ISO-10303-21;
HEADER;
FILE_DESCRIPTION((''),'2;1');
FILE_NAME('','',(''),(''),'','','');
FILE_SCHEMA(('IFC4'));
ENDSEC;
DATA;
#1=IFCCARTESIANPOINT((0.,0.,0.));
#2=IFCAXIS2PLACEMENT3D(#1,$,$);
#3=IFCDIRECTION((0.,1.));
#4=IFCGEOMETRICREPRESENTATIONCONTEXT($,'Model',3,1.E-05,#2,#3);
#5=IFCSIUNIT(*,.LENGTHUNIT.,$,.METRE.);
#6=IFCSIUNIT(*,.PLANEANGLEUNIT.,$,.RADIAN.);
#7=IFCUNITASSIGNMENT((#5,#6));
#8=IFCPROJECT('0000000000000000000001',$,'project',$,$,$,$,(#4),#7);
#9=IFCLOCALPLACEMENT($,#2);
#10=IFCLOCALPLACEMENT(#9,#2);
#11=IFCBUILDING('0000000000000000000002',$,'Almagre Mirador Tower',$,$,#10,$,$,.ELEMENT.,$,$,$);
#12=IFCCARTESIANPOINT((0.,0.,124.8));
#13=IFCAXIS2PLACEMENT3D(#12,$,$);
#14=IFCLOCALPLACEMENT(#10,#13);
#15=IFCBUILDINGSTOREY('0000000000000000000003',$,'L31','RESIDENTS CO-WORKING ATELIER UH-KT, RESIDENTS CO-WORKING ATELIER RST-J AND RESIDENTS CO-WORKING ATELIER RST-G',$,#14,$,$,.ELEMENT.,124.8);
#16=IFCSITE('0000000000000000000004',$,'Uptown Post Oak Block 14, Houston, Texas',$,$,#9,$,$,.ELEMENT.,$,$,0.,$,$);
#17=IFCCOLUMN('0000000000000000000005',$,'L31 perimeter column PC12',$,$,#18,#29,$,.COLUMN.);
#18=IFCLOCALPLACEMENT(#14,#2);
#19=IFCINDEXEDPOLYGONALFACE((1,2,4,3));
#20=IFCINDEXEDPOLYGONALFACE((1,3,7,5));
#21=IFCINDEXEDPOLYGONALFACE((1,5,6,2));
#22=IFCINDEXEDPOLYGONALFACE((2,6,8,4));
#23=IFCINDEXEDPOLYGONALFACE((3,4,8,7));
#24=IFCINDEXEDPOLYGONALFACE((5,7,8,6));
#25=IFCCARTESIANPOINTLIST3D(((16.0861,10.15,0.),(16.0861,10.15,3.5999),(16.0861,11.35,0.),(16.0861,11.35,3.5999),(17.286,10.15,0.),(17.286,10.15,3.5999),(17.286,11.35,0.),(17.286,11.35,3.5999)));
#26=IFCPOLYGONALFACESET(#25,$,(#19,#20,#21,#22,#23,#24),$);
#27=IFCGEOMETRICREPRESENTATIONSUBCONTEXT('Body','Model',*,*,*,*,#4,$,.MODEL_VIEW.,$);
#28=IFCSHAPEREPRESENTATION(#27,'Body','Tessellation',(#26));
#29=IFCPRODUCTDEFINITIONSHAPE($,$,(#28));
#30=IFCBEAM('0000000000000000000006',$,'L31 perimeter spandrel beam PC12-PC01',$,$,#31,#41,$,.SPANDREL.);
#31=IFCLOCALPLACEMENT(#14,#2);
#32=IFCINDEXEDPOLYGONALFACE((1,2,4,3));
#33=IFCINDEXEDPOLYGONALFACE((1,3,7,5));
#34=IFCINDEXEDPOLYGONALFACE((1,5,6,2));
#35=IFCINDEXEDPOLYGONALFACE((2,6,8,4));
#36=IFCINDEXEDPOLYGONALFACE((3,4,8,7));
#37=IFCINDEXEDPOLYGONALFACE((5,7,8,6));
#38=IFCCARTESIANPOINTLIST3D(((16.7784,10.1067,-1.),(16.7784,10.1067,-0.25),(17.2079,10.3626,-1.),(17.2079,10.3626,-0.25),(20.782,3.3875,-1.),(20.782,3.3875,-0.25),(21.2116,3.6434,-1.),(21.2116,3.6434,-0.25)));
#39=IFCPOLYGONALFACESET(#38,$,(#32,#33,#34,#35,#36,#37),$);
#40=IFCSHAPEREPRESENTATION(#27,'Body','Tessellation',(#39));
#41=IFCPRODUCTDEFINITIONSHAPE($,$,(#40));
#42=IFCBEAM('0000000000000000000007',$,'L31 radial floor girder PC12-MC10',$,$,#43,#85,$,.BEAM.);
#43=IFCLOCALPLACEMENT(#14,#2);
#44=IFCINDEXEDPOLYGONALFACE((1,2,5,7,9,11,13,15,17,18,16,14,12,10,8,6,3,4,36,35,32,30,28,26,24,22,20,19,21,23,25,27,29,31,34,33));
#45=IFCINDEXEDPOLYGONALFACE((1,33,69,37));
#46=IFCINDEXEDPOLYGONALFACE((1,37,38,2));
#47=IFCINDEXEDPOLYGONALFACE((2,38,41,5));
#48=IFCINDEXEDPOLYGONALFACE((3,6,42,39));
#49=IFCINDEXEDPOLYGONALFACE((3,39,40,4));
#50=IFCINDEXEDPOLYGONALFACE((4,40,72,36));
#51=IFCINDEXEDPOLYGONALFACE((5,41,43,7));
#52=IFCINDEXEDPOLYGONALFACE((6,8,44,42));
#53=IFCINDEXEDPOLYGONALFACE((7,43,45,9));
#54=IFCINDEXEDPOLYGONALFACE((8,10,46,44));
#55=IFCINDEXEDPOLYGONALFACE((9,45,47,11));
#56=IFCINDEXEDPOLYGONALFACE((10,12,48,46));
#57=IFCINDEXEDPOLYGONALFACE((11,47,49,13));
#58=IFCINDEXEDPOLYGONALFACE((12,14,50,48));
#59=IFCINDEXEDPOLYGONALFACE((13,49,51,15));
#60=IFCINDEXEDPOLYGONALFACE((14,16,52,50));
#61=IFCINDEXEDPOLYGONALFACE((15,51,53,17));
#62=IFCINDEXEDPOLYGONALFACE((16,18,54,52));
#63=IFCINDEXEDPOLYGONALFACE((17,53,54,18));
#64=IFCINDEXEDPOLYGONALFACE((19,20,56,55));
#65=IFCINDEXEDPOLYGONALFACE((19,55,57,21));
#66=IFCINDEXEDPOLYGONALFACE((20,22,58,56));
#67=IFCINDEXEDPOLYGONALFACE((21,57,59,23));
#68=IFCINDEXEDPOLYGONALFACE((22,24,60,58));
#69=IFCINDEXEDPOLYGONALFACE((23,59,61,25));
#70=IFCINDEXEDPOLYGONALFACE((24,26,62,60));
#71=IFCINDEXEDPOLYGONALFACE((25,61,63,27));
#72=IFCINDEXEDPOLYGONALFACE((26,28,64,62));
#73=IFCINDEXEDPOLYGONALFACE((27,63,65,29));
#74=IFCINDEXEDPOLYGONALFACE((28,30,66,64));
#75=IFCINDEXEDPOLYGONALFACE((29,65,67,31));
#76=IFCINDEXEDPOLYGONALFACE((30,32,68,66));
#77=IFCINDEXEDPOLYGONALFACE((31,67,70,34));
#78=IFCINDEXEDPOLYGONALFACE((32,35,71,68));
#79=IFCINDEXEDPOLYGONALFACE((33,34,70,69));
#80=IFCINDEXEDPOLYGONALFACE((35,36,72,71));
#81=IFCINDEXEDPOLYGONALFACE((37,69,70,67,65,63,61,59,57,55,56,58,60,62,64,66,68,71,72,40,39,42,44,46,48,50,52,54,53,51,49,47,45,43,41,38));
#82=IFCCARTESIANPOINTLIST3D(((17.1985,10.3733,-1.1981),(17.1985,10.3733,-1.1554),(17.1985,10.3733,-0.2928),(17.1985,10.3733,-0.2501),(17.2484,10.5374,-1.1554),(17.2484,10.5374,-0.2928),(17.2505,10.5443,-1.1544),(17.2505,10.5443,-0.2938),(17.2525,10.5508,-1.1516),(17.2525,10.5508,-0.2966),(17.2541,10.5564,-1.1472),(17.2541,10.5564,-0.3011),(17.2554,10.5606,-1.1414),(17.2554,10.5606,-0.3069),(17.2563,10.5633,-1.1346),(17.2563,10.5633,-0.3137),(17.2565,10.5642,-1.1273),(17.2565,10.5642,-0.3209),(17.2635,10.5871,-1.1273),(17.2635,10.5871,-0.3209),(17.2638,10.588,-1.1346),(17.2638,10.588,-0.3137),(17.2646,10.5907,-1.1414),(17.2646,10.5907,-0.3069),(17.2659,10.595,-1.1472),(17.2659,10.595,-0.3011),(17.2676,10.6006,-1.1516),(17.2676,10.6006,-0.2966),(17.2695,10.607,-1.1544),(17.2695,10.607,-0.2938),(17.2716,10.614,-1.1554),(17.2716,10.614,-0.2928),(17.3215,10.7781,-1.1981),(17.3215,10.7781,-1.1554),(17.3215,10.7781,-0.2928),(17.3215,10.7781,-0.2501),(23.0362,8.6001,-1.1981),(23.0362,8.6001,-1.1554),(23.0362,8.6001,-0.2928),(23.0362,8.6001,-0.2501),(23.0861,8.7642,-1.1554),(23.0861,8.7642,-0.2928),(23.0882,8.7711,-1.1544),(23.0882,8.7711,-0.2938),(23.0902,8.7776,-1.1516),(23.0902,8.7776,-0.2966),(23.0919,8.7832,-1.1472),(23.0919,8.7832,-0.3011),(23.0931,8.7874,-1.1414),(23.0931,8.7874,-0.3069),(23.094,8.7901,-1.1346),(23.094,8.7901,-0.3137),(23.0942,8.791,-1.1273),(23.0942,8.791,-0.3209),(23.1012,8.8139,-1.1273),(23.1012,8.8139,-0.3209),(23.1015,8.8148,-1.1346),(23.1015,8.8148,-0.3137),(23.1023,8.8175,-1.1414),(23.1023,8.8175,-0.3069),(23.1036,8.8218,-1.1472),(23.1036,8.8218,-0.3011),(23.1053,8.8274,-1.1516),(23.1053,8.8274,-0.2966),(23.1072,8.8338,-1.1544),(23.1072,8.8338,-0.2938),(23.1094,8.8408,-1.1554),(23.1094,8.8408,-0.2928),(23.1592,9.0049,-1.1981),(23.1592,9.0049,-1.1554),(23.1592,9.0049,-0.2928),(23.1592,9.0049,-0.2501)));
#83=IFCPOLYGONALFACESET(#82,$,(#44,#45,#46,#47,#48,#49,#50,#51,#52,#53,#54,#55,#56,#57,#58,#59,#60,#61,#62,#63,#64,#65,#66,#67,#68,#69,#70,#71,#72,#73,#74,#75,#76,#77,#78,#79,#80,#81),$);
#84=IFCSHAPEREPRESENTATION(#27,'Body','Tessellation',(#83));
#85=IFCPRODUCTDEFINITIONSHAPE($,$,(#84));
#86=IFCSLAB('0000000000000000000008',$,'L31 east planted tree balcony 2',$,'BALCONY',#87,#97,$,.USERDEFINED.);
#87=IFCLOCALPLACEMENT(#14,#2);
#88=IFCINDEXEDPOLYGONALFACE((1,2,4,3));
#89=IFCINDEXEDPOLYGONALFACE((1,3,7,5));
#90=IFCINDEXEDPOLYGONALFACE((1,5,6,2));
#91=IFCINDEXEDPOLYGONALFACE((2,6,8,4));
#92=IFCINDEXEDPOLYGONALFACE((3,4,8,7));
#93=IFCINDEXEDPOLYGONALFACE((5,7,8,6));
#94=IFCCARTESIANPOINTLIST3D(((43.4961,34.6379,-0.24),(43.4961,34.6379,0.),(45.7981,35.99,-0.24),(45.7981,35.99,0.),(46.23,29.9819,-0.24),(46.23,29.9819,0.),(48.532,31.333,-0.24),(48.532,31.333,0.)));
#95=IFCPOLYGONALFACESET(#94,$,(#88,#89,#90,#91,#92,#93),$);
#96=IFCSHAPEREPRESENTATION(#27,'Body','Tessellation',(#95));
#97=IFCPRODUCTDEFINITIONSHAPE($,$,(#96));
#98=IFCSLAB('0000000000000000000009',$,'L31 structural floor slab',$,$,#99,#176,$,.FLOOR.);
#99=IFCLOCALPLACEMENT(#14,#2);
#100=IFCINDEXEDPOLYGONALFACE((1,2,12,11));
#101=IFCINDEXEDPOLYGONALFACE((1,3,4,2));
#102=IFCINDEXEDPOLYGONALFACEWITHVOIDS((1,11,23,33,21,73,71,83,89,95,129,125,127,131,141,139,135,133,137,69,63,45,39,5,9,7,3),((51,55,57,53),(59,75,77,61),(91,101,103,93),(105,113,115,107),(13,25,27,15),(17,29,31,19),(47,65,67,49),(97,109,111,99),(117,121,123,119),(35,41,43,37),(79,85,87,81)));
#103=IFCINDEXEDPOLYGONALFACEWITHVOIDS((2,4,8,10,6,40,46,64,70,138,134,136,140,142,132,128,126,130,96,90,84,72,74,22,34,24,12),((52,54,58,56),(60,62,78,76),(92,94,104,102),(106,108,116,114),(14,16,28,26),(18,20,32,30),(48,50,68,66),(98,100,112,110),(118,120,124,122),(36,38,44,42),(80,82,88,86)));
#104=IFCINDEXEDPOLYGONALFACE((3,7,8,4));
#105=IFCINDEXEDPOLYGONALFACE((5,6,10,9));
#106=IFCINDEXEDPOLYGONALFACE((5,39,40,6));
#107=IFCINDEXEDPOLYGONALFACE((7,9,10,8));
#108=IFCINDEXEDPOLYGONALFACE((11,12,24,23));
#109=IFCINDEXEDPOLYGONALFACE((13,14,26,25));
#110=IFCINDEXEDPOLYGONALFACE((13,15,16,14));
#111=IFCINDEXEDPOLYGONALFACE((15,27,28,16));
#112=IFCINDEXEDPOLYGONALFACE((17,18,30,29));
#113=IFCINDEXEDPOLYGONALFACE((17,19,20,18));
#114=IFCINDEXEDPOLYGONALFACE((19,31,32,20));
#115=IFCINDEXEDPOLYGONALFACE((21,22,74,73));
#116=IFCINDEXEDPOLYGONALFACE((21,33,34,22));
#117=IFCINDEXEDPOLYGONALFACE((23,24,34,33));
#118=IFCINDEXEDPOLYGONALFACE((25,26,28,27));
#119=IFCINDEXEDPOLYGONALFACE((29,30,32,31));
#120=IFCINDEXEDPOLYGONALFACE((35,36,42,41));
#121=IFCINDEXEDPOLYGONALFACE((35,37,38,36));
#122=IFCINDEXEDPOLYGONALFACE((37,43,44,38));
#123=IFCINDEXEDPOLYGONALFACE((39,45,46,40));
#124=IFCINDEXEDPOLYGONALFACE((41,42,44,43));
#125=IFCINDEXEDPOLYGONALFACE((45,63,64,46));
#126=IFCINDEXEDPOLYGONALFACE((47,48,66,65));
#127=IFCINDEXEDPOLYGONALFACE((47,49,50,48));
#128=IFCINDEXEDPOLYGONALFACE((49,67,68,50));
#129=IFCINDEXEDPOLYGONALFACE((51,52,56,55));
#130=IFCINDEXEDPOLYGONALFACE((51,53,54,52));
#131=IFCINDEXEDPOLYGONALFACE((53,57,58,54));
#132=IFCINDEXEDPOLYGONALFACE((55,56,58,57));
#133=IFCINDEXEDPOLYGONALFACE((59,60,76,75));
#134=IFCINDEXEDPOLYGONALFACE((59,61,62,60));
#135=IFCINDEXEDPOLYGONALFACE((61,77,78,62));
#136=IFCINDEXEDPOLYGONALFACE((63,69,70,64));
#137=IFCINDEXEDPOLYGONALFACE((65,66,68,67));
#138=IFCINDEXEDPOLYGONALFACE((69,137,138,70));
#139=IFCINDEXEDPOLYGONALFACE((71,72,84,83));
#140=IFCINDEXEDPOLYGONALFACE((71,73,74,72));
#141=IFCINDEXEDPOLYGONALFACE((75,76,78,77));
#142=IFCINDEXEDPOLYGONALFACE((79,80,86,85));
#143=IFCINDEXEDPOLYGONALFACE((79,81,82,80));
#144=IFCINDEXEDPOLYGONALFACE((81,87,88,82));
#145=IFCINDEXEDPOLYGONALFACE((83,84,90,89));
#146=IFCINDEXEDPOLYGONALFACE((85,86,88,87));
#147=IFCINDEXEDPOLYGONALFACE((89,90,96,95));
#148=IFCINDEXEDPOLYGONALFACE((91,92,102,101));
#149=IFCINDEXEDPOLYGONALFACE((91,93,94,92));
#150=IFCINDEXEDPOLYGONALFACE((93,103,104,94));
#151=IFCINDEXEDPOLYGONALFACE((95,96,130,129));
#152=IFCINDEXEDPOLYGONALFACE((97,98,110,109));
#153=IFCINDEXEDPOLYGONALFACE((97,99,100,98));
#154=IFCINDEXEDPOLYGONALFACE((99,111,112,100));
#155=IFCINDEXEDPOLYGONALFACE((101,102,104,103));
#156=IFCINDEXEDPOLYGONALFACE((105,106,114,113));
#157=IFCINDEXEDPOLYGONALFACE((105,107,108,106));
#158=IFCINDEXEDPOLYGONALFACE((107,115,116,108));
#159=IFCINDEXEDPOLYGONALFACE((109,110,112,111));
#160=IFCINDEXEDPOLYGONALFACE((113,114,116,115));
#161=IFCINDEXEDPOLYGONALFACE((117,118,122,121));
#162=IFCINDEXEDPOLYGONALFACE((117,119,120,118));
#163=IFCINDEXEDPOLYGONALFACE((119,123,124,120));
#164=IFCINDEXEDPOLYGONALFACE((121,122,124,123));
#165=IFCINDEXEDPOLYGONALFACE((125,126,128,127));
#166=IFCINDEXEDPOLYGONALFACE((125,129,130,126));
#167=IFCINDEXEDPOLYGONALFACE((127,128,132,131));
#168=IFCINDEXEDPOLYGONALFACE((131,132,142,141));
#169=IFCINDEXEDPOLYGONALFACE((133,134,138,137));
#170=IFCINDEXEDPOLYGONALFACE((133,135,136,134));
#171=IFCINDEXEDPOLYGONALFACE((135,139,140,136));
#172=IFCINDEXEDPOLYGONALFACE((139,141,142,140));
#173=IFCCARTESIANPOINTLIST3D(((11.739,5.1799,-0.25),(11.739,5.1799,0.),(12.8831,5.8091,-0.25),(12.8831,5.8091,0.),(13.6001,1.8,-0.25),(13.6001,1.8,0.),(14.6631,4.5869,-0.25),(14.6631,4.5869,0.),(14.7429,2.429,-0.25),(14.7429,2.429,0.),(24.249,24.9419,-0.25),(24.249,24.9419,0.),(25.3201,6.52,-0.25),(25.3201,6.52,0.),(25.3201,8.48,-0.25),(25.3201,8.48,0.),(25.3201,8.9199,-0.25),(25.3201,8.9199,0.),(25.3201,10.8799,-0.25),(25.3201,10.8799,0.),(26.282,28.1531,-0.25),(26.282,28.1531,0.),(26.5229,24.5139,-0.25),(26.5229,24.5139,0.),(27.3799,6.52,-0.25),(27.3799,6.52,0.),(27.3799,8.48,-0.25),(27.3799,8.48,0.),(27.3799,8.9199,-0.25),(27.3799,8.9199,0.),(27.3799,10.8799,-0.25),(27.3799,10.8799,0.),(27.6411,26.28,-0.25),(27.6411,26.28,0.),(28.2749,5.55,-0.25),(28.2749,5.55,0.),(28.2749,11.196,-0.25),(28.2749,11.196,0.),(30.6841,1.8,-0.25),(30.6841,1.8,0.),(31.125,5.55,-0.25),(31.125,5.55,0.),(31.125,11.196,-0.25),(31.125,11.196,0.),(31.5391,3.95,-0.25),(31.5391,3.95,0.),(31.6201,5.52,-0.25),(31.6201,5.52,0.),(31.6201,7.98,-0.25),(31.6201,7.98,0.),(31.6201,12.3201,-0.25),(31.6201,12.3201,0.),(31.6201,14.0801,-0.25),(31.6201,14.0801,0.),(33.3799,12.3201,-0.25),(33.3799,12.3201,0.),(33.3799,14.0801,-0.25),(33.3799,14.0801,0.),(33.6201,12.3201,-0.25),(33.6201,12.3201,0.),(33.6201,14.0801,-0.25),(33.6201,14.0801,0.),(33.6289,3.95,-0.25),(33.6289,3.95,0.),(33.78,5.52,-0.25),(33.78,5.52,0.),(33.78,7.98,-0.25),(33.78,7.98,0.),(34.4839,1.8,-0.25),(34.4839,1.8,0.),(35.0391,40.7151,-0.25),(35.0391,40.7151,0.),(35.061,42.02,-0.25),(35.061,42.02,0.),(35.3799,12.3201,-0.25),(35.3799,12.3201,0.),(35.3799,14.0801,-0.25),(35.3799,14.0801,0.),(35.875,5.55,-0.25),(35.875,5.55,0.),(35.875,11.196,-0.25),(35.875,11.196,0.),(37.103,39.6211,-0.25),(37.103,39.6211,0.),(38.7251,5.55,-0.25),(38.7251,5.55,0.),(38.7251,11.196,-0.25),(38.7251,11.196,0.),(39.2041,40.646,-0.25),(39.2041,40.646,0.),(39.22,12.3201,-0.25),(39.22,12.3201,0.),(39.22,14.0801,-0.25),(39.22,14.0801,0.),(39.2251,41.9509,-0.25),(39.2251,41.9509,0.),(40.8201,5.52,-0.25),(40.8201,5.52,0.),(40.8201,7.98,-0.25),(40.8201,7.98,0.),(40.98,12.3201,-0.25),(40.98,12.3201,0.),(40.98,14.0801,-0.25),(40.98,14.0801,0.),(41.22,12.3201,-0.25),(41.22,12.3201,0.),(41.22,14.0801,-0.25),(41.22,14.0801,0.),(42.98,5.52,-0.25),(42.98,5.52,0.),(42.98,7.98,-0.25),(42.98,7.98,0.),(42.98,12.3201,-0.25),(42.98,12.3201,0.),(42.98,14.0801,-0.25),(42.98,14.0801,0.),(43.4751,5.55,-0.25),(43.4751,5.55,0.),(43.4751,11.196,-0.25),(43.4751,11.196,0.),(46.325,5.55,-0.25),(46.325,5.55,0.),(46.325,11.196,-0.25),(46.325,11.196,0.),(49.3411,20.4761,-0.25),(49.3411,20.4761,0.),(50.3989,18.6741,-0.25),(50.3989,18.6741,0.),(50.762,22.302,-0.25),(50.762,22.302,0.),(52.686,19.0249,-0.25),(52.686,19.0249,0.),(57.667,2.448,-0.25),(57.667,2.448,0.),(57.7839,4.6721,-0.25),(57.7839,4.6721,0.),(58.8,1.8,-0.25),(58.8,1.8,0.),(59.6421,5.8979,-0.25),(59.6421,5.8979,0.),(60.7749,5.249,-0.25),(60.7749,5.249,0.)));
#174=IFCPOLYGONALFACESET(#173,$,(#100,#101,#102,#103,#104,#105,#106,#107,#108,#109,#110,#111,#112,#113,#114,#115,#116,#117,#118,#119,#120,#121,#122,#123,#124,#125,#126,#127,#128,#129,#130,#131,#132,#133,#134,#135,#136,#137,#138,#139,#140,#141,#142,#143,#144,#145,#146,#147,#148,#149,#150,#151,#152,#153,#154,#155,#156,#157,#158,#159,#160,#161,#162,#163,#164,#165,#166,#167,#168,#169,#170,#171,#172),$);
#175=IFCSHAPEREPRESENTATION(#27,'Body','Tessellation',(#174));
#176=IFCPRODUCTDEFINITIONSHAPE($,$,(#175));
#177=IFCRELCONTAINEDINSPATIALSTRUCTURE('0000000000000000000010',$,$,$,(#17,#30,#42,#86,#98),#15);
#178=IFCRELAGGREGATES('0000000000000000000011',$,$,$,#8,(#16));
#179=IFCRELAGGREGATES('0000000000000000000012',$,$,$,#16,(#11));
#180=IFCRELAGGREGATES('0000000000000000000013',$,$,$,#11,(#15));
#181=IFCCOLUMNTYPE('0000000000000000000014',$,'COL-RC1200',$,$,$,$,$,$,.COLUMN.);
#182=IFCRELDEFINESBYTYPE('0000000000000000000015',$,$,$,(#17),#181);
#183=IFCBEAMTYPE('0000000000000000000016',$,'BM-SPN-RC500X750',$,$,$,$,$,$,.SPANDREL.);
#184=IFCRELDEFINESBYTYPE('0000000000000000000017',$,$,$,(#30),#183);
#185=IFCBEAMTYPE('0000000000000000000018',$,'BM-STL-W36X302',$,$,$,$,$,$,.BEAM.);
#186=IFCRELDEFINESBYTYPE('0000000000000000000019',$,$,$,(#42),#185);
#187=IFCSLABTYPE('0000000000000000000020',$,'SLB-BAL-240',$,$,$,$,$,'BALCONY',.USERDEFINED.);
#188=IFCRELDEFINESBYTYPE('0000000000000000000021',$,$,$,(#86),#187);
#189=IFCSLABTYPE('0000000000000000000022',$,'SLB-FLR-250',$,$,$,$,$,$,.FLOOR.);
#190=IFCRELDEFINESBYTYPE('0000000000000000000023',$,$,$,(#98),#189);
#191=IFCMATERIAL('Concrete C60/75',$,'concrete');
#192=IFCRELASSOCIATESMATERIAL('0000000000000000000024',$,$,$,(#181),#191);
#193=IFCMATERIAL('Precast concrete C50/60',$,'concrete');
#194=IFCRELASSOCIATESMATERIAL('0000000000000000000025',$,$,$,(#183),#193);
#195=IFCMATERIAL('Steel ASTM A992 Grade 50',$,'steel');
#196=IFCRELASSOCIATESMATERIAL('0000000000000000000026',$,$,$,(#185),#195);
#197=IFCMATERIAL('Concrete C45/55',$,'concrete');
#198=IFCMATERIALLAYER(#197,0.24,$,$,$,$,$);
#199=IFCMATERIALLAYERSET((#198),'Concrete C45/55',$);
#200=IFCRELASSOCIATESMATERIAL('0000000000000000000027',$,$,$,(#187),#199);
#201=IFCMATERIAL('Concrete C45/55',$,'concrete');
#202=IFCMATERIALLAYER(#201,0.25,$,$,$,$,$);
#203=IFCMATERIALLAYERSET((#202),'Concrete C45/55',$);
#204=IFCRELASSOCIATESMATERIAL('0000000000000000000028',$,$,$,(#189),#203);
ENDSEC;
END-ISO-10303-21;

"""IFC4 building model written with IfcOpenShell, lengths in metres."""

from ifc_helpers import new_model, si_unit, direction, frame, origin, origin_2d, place, context, subcontext, project, spatial, polyline, rectangle, i_section, outline, extrude, material, layer, layer_set, material_profile, profile_set, type_object, element, save


model = new_model("IFC4")

# Units and contexts
model_context = context("Model", 3, precision=1e-05, world=origin(), true_north=direction((0.0, 1.0)))
body_context = subcontext(model_context, "Body", "Model", "MODEL_VIEW")
ifc_project = project(units=[si_unit("LENGTHUNIT", "METRE"), si_unit("PLANEANGLEUNIT", "RADIAN")], contexts=[model_context])

# Site, building, storey
site_placement = place(None, origin())
site = spatial("IfcSite", under=ifc_project, at=site_placement, Name="Uptown Post Oak Block 14, Houston, Texas", CompositionType="ELEMENT", RefElevation=0.0)
building_placement = place(site_placement, origin())
building = spatial("IfcBuilding", under=site, at=building_placement, Name="Almagre Mirador Tower", CompositionType="ELEMENT")
storey_placement = place(building_placement, frame((0.0, 0.0, 124.8)))
storey = spatial("IfcBuildingStorey", under=building, at=storey_placement, Name="L31", Description="RESIDENTS CO-WORKING ATELIER UH-KT, RESIDENTS CO-WORKING ATELIER RST-J AND RESIDENTS CO-WORKING ATELIER RST-G", CompositionType="ELEMENT", Elevation=124.8)

# Column
ifc_material_1 = material(Name="Concrete C60/75", Category="concrete")
ifc_material_profile_1 = material_profile(ifc_material_1, rectangle(XDim=1.2, YDim=1.2, at=origin_2d()), Name="RC1200X1200")
ifc_profile_set_1 = profile_set([ifc_material_profile_1], Name="Concrete C60/75")
column_type = type_object("IfcColumnType", Name="COL-RC1200", PredefinedType="COLUMN", material=ifc_profile_set_1)
column_placement = place(storey_placement, frame((16.686, 10.75, 0.0), z_axis=(0.0, 0.0, 1.0), x_axis=(1.0, 0.0, 0.0)))
element("IfcColumn", 1, at=column_placement, inside=storey, type_object=column_type, Name="L31 perimeter column PC12", PredefinedType="COLUMN", context=body_context, shape_type="SweptSolid", body=[
    extrude(rectangle(XDim=1.2, YDim=1.2, at=origin_2d()), origin(), (0.0, 0.0, 1.0), 3.5999),
])

# Beams
ifc_material_2 = material(Name="Precast concrete C50/60", Category="concrete")
ifc_material_profile_2 = material_profile(ifc_material_2, rectangle(XDim=0.5, YDim=0.75, at=origin_2d()), Name="RC500X750")
ifc_profile_set_2 = profile_set([ifc_material_profile_2], Name="Precast concrete C50/60")
beam_type_1 = type_object("IfcBeamType", Name="BM-SPN-RC500X750", PredefinedType="SPANDREL", material=ifc_profile_set_2)
beam_1_placement = place(storey_placement, frame((16.9932, 10.2346, -0.625), z_axis=(0.511872, -0.859062, 0.0), x_axis=(0.859062, 0.511872, 0.0)))
element("IfcBeam", 2, at=beam_1_placement, inside=storey, type_object=beam_type_1, Name="L31 perimeter spandrel beam PC12-PC01", PredefinedType="SPANDREL", context=body_context, shape_type="SweptSolid", body=[
    extrude(rectangle(XDim=0.5, YDim=0.75, at=origin_2d()), origin(), (0.0, 0.0, 1.0), 7.8215),
])
ifc_material_3 = material(Name="Steel ASTM A992 Grade 50", Category="steel")
ifc_material_profile_3 = material_profile(ifc_material_3, i_section(OverallWidth=0.4231, OverallDepth=0.948, WebThickness=0.0239, FlangeThickness=0.0427, FilletRadius=0.0281, at=origin_2d()), Name="W36X302")
ifc_profile_set_3 = profile_set([ifc_material_profile_3], Name="Steel ASTM A992 Grade 50")
beam_type_2 = type_object("IfcBeamType", Name="BM-STL-W36X302", PredefinedType="BEAM", material=ifc_profile_set_3)
beam_2_placement = place(storey_placement, frame((17.26, 10.5757, -0.7241), z_axis=(0.956833, -0.290639, 0.0), x_axis=(0.290639, 0.956833, 0.0)))
element("IfcBeam", 3, at=beam_2_placement, inside=storey, type_object=beam_type_2, Name="L31 radial floor girder PC12-MC10", PredefinedType="BEAM", context=body_context, shape_type="SweptSolid", body=[
    extrude(i_section(OverallWidth=0.4231, OverallDepth=0.948, WebThickness=0.0239, FlangeThickness=0.0427, FilletRadius=0.0281, at=origin_2d()), origin(), (0.0, 0.0, 1.0), 6.1011),
])

# Slabs
ifc_material_4 = material(Name="Concrete C45/55", Category="concrete")
ifc_layer_1 = layer(ifc_material_4, 0.24)
ifc_layer_set_1 = layer_set([ifc_layer_1], Name="Concrete C45/55")
slab_type_1 = type_object("IfcSlabType", Name="SLB-BAL-240", ElementType="BALCONY", PredefinedType="USERDEFINED", material=ifc_layer_set_1)
slab_1_placement = place(storey_placement, frame((0.0, 0.0, -0.24)))
element("IfcSlab", 4, at=slab_1_placement, inside=storey, type_object=slab_type_1, Name="L31 east planted tree balcony 2", ObjectType="BALCONY", PredefinedType="USERDEFINED", context=body_context, shape_type="SweptSolid", body=[
    extrude(outline(polyline([(46.23, 29.9819), (43.4961, 34.6379), (45.7981, 35.99), (48.532, 31.333), (46.23, 29.9819)])), origin(), (0.0, 0.0, 1.0), 0.24),
])
ifc_material_5 = material(Name="Concrete C45/55", Category="concrete")
ifc_layer_2 = layer(ifc_material_5, 0.25)
ifc_layer_set_2 = layer_set([ifc_layer_2], Name="Concrete C45/55")
slab_type_2 = type_object("IfcSlabType", Name="SLB-FLR-250", PredefinedType="FLOOR", material=ifc_layer_set_2)
slab_2_placement = place(storey_placement, frame((0.0, 0.0, -0.25)))
element("IfcSlab", 5, at=slab_2_placement, inside=storey, type_object=slab_type_2, Name="L31 structural floor slab", PredefinedType="FLOOR", context=body_context, shape_type="SweptSolid", body=[
    extrude(outline(polyline([(11.739, 5.1799), (12.8831, 5.8091), (14.6631, 4.5869), (14.7429, 2.429), (13.6001, 1.8), (30.6841, 1.8), (31.5391, 3.95), (33.6289, 3.95), (34.4839, 1.8), (58.8, 1.8), (57.667, 2.448), (57.7839, 4.6721), (59.6421, 5.8979), (60.7749, 5.249), (52.686, 19.0249), (50.3989, 18.6741), (49.3411, 20.4761), (50.762, 22.302), (39.2251, 41.9509), (39.2041, 40.646), (37.103, 39.6211), (35.0391, 40.7151), (35.061, 42.02), (26.282, 28.1531), (27.6411, 26.28), (26.5229, 24.5139), (24.249, 24.9419), (11.739, 5.1799)]), holes=[polyline([(43.4751, 5.55), (43.4751, 11.196), (46.325, 11.196), (46.325, 5.55), (43.4751, 5.55)]), polyline([(40.8201, 5.52), (40.8201, 7.98), (42.98, 7.98), (42.98, 5.52), (40.8201, 5.52)]), polyline([(41.22, 12.3201), (41.22, 14.0801), (42.98, 14.0801), (42.98, 12.3201), (41.22, 12.3201)]), polyline([(39.22, 12.3201), (39.22, 14.0801), (40.98, 14.0801), (40.98, 12.3201), (39.22, 12.3201)]), polyline([(35.875, 11.196), (38.7251, 11.196), (38.7251, 5.55), (35.875, 5.55), (35.875, 11.196)]), polyline([(35.3799, 12.3201), (33.6201, 12.3201), (33.6201, 14.0801), (35.3799, 14.0801), (35.3799, 12.3201)]), polyline([(33.78, 5.52), (31.6201, 5.52), (31.6201, 7.98), (33.78, 7.98), (33.78, 5.52)]), polyline([(31.6201, 12.3201), (31.6201, 14.0801), (33.3799, 14.0801), (33.3799, 12.3201), (31.6201, 12.3201)]), polyline([(28.2749, 5.55), (28.2749, 11.196), (31.125, 11.196), (31.125, 5.55), (28.2749, 5.55)]), polyline([(25.3201, 8.9199), (25.3201, 10.8799), (27.3799, 10.8799), (27.3799, 8.9199), (25.3201, 8.9199)]), polyline([(27.3799, 6.52), (25.3201, 6.52), (25.3201, 8.48), (27.3799, 8.48), (27.3799, 6.52)])]), origin(), (0.0, 0.0, 1.0), 0.25),
])

save(model, "model.ifc")
